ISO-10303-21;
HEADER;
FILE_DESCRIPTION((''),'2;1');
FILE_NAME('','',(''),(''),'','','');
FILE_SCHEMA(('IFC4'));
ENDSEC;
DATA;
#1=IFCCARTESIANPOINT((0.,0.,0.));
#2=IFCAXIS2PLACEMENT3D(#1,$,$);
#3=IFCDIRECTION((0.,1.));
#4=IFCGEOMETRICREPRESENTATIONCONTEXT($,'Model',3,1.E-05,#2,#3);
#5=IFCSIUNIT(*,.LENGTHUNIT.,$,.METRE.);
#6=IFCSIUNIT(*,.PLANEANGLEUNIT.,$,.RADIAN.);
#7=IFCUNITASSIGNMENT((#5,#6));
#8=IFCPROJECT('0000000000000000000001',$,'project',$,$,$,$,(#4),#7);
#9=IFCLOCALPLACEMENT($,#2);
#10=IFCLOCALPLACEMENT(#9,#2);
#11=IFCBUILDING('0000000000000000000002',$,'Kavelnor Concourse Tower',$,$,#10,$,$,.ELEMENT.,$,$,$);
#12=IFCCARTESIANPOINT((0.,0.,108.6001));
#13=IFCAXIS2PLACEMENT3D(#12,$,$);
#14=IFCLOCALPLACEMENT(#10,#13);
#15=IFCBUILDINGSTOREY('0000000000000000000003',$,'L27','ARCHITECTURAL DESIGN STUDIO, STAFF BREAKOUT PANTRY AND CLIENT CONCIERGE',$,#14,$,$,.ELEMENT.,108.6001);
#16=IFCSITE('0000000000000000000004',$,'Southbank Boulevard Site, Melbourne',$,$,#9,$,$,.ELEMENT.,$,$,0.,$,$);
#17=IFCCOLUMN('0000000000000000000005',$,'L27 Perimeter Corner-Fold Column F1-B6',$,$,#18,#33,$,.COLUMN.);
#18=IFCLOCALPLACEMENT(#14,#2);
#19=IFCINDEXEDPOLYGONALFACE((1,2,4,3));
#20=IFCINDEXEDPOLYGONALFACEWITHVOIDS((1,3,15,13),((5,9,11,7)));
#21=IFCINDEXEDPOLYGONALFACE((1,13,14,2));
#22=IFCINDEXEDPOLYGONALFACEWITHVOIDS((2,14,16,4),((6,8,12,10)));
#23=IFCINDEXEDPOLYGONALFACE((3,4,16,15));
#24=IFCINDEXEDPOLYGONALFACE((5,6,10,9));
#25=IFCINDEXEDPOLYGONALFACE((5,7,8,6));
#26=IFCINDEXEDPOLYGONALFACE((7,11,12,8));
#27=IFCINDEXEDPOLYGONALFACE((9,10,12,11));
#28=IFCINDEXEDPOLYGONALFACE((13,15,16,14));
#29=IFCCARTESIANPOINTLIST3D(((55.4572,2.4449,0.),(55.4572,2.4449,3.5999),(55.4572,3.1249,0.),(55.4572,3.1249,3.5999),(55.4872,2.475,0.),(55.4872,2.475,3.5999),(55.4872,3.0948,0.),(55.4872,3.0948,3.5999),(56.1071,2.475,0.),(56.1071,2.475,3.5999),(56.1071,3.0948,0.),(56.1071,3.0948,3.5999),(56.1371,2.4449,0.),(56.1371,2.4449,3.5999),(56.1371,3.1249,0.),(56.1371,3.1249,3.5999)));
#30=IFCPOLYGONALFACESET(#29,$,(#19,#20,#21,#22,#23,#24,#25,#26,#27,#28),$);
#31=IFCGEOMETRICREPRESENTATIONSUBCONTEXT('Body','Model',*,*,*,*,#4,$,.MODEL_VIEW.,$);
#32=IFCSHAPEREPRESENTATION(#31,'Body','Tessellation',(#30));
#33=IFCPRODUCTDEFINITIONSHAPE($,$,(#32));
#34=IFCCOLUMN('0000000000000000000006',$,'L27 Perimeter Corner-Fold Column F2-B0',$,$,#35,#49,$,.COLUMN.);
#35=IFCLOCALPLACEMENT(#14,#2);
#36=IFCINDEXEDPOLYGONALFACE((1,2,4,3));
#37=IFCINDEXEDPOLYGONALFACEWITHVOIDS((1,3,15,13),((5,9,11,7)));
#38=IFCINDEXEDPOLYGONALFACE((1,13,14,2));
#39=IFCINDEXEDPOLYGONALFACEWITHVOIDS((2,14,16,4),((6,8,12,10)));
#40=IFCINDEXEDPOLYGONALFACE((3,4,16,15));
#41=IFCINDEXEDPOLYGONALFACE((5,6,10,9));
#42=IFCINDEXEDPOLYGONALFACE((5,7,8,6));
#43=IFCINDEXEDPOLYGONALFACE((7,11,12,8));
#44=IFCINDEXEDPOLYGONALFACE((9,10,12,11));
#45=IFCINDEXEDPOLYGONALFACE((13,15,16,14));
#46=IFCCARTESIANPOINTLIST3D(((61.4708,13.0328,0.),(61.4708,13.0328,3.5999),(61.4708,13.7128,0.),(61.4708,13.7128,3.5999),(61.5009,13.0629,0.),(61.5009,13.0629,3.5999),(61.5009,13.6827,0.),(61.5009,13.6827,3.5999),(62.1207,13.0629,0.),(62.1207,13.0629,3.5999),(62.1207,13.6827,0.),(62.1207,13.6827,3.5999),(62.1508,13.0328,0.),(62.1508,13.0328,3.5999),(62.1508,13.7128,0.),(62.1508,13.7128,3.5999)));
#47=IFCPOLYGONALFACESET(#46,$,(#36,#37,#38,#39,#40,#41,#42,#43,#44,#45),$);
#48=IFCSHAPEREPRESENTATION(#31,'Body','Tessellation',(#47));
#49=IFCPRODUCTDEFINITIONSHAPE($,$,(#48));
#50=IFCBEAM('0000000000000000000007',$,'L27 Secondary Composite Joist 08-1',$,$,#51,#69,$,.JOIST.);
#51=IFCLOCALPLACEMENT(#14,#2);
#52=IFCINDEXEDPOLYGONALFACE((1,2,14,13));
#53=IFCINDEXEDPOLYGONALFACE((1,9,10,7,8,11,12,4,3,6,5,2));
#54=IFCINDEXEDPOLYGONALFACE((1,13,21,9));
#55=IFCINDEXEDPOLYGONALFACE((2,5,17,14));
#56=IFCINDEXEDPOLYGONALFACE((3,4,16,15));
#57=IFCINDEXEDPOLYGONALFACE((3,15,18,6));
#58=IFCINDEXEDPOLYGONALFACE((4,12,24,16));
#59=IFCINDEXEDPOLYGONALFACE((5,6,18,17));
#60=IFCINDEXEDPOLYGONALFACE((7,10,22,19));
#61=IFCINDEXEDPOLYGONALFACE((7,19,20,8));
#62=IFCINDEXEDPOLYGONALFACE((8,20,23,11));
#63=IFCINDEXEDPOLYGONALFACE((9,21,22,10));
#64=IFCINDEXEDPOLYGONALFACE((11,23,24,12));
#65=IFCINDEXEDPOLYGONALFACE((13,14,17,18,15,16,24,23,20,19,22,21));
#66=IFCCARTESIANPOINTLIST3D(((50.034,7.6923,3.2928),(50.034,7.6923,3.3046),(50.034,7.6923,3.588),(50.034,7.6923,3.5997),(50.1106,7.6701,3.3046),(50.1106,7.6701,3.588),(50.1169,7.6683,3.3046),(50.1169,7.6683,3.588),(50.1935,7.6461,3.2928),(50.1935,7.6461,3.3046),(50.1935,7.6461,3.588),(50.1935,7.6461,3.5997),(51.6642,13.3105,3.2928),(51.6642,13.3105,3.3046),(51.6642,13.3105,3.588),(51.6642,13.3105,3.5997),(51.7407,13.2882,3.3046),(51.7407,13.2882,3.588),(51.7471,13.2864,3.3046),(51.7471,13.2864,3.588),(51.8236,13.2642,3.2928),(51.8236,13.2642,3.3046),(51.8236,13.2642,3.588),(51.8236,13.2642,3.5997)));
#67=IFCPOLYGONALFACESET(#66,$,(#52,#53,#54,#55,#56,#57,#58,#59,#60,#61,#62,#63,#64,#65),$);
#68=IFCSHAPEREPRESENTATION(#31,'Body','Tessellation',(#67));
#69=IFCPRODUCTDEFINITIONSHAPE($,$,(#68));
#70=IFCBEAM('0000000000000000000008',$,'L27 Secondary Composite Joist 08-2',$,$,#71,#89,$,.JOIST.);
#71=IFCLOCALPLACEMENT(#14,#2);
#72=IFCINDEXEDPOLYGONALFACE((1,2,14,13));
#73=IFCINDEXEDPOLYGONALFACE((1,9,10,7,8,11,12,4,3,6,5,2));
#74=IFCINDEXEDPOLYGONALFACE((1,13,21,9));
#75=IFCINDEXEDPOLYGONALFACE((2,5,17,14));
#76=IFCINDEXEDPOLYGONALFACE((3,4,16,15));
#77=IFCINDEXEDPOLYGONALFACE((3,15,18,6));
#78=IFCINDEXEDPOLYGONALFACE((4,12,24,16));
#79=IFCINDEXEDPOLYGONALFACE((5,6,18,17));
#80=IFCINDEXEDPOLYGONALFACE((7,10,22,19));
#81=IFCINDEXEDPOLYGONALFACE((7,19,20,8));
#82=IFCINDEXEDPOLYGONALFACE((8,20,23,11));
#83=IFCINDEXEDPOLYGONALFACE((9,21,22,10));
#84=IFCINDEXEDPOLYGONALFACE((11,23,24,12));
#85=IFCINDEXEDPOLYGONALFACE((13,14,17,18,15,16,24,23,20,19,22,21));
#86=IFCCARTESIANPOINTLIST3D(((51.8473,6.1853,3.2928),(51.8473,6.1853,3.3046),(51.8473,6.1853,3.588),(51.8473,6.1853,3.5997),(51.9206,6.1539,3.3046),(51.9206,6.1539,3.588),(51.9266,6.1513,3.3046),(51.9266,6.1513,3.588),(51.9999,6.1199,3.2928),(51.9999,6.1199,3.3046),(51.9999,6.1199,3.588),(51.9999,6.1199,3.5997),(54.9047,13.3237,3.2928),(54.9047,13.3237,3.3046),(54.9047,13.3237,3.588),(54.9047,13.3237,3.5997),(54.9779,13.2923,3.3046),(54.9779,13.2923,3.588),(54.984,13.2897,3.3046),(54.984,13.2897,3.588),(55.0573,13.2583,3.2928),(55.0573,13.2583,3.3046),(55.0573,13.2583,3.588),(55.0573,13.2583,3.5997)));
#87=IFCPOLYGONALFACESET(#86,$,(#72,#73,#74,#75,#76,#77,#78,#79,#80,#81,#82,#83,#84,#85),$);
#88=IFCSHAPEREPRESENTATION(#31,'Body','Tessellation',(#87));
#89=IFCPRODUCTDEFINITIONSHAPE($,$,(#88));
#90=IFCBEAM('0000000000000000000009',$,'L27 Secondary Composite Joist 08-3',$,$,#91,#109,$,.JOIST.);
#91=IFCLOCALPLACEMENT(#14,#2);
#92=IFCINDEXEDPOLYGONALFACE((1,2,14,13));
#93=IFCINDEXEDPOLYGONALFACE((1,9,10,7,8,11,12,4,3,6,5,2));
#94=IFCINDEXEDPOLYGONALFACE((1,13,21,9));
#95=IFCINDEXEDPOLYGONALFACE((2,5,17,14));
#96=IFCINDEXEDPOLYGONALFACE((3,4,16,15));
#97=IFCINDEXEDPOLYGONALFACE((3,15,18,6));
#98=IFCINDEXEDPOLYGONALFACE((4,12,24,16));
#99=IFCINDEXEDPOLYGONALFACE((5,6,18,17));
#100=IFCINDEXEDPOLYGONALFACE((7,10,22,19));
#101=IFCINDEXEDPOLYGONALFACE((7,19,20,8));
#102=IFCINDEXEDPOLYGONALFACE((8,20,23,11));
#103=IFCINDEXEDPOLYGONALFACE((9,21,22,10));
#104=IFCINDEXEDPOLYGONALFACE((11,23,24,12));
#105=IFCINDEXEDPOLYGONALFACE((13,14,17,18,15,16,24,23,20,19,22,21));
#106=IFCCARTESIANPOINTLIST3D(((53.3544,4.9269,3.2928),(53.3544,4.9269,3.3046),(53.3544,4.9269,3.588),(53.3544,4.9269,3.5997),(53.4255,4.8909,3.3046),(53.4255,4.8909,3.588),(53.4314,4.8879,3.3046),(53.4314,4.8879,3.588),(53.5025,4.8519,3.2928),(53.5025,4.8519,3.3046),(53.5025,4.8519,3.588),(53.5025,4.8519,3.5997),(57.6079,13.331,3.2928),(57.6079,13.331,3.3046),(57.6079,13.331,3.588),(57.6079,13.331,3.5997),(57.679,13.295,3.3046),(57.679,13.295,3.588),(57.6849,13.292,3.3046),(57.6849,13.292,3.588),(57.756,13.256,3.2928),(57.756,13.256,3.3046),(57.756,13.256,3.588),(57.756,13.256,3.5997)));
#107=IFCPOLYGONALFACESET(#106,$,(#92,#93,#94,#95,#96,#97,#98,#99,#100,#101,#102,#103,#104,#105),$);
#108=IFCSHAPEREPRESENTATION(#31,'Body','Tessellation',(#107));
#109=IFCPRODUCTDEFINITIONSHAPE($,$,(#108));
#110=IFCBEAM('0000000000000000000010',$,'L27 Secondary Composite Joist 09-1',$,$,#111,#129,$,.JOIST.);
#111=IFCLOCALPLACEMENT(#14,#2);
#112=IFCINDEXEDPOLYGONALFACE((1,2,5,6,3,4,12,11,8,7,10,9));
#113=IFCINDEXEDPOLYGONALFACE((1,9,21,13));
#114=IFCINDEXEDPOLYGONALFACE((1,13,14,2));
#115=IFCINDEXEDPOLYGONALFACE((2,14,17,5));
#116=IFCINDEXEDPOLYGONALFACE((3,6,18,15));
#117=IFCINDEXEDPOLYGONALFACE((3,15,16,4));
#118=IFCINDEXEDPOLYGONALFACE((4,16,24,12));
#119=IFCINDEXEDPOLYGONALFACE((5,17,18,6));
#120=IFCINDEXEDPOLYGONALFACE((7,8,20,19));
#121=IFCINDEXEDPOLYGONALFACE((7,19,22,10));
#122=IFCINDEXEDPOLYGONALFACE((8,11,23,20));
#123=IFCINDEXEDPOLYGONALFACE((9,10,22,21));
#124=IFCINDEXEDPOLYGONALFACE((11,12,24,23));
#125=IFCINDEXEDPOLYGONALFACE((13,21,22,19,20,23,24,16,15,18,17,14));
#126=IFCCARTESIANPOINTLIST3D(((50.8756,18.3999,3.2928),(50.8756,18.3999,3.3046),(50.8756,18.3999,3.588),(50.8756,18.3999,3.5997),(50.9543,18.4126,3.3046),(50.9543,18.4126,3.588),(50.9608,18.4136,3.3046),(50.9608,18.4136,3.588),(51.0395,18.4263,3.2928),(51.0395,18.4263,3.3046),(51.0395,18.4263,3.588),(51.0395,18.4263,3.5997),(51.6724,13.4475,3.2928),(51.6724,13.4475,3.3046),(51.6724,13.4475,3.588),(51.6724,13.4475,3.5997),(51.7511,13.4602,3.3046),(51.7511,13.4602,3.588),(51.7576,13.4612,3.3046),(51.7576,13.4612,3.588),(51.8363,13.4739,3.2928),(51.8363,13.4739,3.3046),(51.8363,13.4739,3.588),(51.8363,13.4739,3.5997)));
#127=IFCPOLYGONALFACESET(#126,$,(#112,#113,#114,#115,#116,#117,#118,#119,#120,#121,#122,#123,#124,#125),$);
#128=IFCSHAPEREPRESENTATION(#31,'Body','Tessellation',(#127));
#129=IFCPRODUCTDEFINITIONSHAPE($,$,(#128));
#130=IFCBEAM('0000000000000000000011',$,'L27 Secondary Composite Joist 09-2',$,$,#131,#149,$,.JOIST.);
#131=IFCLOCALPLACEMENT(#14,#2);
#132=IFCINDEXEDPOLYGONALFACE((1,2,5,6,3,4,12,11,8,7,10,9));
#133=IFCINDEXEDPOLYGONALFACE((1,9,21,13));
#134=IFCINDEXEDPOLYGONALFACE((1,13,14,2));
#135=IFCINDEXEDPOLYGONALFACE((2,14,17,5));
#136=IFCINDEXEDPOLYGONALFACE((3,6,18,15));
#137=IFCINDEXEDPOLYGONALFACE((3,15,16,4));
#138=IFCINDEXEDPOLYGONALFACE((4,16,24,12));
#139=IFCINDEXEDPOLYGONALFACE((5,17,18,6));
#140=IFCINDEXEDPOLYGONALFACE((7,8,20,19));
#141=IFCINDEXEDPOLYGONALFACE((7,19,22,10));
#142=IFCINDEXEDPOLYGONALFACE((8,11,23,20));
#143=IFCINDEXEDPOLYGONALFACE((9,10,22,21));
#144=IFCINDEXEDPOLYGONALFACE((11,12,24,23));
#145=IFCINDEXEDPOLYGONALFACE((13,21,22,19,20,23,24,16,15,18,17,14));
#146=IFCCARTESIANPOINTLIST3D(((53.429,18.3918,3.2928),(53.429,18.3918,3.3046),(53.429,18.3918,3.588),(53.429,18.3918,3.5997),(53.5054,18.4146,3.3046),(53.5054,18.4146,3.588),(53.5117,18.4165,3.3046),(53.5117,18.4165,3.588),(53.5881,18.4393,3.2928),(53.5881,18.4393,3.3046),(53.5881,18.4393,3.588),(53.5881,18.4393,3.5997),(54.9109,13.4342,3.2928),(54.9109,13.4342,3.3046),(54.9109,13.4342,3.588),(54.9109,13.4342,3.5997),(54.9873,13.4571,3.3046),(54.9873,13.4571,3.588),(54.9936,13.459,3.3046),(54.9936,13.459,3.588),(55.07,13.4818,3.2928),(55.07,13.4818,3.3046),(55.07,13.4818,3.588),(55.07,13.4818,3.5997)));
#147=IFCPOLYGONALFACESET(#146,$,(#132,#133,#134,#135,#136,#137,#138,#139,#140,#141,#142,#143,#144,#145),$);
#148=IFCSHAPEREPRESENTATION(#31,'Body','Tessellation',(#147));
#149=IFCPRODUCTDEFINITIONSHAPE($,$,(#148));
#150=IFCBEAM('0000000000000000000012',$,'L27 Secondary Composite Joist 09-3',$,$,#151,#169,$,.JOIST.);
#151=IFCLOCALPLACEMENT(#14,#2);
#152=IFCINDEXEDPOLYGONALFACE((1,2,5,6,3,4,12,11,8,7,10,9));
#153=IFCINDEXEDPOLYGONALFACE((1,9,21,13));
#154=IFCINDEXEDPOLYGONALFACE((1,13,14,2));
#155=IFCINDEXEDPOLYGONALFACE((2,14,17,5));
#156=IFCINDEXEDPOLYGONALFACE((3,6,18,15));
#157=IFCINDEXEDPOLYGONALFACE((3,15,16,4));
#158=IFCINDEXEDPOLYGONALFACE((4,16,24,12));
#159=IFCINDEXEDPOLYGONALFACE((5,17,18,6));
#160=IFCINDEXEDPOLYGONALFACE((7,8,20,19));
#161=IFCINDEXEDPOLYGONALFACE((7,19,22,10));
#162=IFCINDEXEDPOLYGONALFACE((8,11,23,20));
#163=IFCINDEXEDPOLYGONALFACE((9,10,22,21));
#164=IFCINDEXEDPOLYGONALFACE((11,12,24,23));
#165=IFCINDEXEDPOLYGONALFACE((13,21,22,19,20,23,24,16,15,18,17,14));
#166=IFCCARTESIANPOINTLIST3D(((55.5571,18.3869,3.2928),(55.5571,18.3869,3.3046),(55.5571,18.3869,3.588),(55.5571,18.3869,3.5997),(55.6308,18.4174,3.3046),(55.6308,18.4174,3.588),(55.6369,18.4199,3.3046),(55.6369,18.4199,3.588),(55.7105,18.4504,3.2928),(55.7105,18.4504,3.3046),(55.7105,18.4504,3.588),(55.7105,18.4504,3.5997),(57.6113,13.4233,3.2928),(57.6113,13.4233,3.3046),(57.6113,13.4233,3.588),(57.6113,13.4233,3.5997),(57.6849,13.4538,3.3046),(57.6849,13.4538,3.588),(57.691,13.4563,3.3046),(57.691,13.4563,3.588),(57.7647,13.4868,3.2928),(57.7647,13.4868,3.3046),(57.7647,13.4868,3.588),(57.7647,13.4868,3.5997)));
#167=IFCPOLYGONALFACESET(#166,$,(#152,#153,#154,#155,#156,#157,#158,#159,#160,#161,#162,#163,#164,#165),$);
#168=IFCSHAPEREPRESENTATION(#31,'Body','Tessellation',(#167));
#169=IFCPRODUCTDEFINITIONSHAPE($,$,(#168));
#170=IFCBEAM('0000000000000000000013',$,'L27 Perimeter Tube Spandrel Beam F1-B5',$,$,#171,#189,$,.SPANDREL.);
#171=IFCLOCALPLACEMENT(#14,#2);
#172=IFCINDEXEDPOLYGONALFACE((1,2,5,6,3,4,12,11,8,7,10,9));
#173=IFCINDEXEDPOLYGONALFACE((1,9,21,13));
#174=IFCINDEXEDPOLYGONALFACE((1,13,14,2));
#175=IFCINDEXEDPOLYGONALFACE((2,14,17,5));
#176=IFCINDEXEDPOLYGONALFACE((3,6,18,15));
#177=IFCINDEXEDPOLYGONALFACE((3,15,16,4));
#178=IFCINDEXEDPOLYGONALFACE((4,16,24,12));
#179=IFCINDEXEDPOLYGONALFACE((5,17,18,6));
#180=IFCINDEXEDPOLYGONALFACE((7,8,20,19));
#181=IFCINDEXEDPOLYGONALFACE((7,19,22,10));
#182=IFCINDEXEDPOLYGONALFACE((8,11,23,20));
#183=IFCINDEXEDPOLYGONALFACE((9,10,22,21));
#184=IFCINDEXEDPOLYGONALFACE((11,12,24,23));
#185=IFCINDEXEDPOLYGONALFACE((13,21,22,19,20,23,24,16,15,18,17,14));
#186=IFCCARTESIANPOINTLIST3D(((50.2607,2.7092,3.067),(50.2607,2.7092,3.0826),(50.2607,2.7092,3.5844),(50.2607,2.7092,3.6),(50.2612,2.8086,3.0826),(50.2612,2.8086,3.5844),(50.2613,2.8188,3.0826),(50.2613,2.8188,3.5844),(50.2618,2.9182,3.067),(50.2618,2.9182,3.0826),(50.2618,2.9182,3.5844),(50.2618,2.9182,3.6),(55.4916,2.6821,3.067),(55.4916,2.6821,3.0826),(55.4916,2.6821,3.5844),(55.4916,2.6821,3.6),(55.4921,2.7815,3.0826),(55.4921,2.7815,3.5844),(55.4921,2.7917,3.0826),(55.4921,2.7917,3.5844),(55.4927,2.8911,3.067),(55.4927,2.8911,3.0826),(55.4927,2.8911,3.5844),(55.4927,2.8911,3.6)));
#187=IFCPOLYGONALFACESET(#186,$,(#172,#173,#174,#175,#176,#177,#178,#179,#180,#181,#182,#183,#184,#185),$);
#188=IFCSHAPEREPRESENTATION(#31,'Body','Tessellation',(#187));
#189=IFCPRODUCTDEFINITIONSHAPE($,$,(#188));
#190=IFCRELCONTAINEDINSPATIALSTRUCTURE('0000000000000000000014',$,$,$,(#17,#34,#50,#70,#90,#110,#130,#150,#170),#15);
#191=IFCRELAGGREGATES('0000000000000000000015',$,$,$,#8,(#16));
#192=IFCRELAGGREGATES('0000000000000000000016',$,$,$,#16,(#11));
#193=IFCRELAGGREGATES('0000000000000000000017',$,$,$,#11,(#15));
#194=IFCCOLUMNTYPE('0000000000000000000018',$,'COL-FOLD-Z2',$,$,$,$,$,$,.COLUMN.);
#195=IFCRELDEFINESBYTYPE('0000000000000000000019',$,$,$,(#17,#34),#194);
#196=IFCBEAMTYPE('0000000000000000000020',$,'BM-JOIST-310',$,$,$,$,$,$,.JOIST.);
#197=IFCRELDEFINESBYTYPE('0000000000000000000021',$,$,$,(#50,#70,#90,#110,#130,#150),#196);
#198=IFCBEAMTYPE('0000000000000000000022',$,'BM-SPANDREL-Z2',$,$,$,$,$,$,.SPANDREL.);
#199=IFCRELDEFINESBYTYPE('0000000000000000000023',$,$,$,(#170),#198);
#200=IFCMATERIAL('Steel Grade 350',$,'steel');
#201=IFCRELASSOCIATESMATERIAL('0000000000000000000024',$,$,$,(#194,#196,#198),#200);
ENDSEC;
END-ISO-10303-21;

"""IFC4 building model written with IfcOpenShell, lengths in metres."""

from ifc_helpers import new_model, si_unit, direction, frame, origin, origin_2d, place, context, subcontext, project, spatial, hollow_rectangle, i_section, extrude, material, material_profile, profile_set, type_object, element, save


model = new_model("IFC4")

# Units and contexts
model_context = context("Model", 3, precision=1e-05, world=origin(), true_north=direction((0.0, 1.0)))
body_context = subcontext(model_context, "Body", "Model", "MODEL_VIEW")
ifc_project = project(units=[si_unit("LENGTHUNIT", "METRE"), si_unit("PLANEANGLEUNIT", "RADIAN")], contexts=[model_context])

# Site, building, storey
site_placement = place(None, origin())
site = spatial("IfcSite", under=ifc_project, at=site_placement, Name="Southbank Boulevard Site, Melbourne", CompositionType="ELEMENT", RefElevation=0.0)
building_placement = place(site_placement, origin())
building = spatial("IfcBuilding", under=site, at=building_placement, Name="Kavelnor Concourse Tower", CompositionType="ELEMENT")
storey_placement = place(building_placement, frame((0.0, 0.0, 108.6001)))
storey = spatial("IfcBuildingStorey", under=building, at=storey_placement, Name="L27", Description="ARCHITECTURAL DESIGN STUDIO, STAFF BREAKOUT PANTRY AND CLIENT CONCIERGE", CompositionType="ELEMENT", Elevation=108.6001)

# Columns
ifc_material_1 = material(Name="Steel Grade 350", Category="steel")
ifc_material_profile_1 = material_profile(ifc_material_1, hollow_rectangle(XDim=0.6799, YDim=0.6799, WallThickness=0.03, at=origin_2d()), Name="SHS 680x680x30")
ifc_profile_set_1 = profile_set([ifc_material_profile_1], Name="Steel Grade 350")
column_type = type_object("IfcColumnType", Name="COL-FOLD-Z2", PredefinedType="COLUMN", material=ifc_profile_set_1)
for number, where, z_axis, x_axis, name in (
    (1, (55.7971, 2.7849, 0.0), (0.0, 0.0, 1.0), (1.0, 0.0, 0.0), "L27 Perimeter Corner-Fold Column F1-B6"),
    (2, (61.8108, 13.3728, 0.0), (0.0, 0.0, 1.0), (1.0, 0.0, 0.0), "L27 Perimeter Corner-Fold Column F2-B0"),
):
    element("IfcColumn", number, at=place(storey_placement, frame(where, z_axis=z_axis, x_axis=x_axis)), inside=storey, type_object=column_type, Name=name, PredefinedType="COLUMN", context=body_context, shape_type="SweptSolid", body=[
        extrude(hollow_rectangle(XDim=0.6799, YDim=0.6799, WallThickness=0.03, at=origin_2d()), origin(), (0.0, 0.0, 1.0), 3.5999),
    ])

# Beams
ifc_material_profile_2 = material_profile(ifc_material_1, i_section(OverallWidth=0.166, OverallDepth=0.3069, WebThickness=0.0066, FlangeThickness=0.0117, at=origin_2d()), Name="310UB46")
ifc_profile_set_2 = profile_set([ifc_material_profile_2], Name="Steel Grade 350")
beam_type_1 = type_object("IfcBeamType", Name="BM-JOIST-310", PredefinedType="JOIST", material=ifc_profile_set_2)
beam_1_placement = place(storey_placement, frame((50.1138, 7.6692, 3.4463), z_axis=(0.27866, 0.96039, 0.0), x_axis=(-0.96039, 0.27866, 0.0)))
element("IfcBeam", 3, at=beam_1_placement, inside=storey, type_object=beam_type_1, Name="L27 Secondary Composite Joist 08-1", PredefinedType="JOIST", context=body_context, shape_type="SweptSolid", body=[
    extrude(i_section(OverallWidth=0.166, OverallDepth=0.3069, WebThickness=0.0066, FlangeThickness=0.0117, at=origin_2d()), origin(), (0.0, 0.0, 1.0), 5.8499),
])
beam_2_placement = place(storey_placement, frame((51.9236, 6.1526, 3.4463), z_axis=(0.393707, 0.919236, 0.0), x_axis=(-0.919236, 0.393707, 0.0)))
element("IfcBeam", 4, at=beam_2_placement, inside=storey, type_object=beam_type_1, Name="L27 Secondary Composite Joist 08-2", PredefinedType="JOIST", context=body_context, shape_type="SweptSolid", body=[
    extrude(i_section(OverallWidth=0.166, OverallDepth=0.3069, WebThickness=0.0066, FlangeThickness=0.0117, at=origin_2d()), origin(), (0.0, 0.0, 1.0), 7.7656),
])
beam_3_placement = place(storey_placement, frame((53.4285, 4.8894, 3.4463), z_axis=(0.451573, 0.892234, 0.0), x_axis=(-0.892234, 0.451573, 0.0)))
element("IfcBeam", 5, at=beam_3_placement, inside=storey, type_object=beam_type_1, Name="L27 Secondary Composite Joist 08-3", PredefinedType="JOIST", context=body_context, shape_type="SweptSolid", body=[
    extrude(i_section(OverallWidth=0.166, OverallDepth=0.3069, WebThickness=0.0066, FlangeThickness=0.0117, at=origin_2d()), origin(), (0.0, 0.0, 1.0), 9.4192),
])
beam_4_placement = place(storey_placement, frame((51.7544, 13.4607, 3.4463), z_axis=(-0.158864, 0.987301, 0.0), x_axis=(-0.987301, -0.158864, 0.0)))
element("IfcBeam", 6, at=beam_4_placement, inside=storey, type_object=beam_type_1, Name="L27 Secondary Composite Joist 09-1", PredefinedType="JOIST", context=body_context, shape_type="SweptSolid", body=[
    extrude(i_section(OverallWidth=0.166, OverallDepth=0.3069, WebThickness=0.0066, FlangeThickness=0.0117, at=origin_2d()), origin(), (0.0, 0.0, 1.0), 5.0161),
])
beam_5_placement = place(storey_placement, frame((54.9905, 13.458, 3.4463), z_axis=(-0.286404, 0.958109, 0.0), x_axis=(-0.958109, -0.286404, 0.0)))
element("IfcBeam", 7, at=beam_5_placement, inside=storey, type_object=beam_type_1, Name="L27 Secondary Composite Joist 09-2", PredefinedType="JOIST", context=body_context, shape_type="SweptSolid", body=[
    extrude(i_section(OverallWidth=0.166, OverallDepth=0.3069, WebThickness=0.0066, FlangeThickness=0.0117, at=origin_2d()), origin(), (0.0, 0.0, 1.0), 5.1743),
])
beam_6_placement = place(storey_placement, frame((57.688, 13.4551, 3.4463), z_axis=(-0.382397, 0.923998, 0.0), x_axis=(-0.923998, -0.382397, 0.0)))
element("IfcBeam", 8, at=beam_6_placement, inside=storey, type_object=beam_type_1, Name="L27 Secondary Composite Joist 09-3", PredefinedType="JOIST", context=body_context, shape_type="SweptSolid", body=[
    extrude(i_section(OverallWidth=0.166, OverallDepth=0.3069, WebThickness=0.0066, FlangeThickness=0.0117, at=origin_2d()), origin(), (0.0, 0.0, 1.0), 5.3718),
])
ifc_material_profile_3 = material_profile(ifc_material_1, i_section(OverallWidth=0.209, OverallDepth=0.533, WebThickness=0.0103, FlangeThickness=0.0156, at=origin_2d()), Name="530UB92")
ifc_profile_set_3 = profile_set([ifc_material_profile_3], Name="Steel Grade 350")
beam_type_2 = type_object("IfcBeamType", Name="BM-SPANDREL-Z2", PredefinedType="SPANDREL", material=ifc_profile_set_3)
beam_7_placement = place(storey_placement, frame((50.2612, 2.8137, 3.3335), z_axis=(0.999987, -0.005181, 0.0), x_axis=(0.005181, 0.999987, 0.0)))
element("IfcBeam", 9, at=beam_7_placement, inside=storey, type_object=beam_type_2, Name="L27 Perimeter Tube Spandrel Beam F1-B5", PredefinedType="SPANDREL", context=body_context, shape_type="SweptSolid", body=[
    extrude(i_section(OverallWidth=0.209, OverallDepth=0.533, WebThickness=0.0103, FlangeThickness=0.0156, at=origin_2d()), origin(), (0.0, 0.0, 1.0), 5.231),
])

save(model, "model.ifc")
